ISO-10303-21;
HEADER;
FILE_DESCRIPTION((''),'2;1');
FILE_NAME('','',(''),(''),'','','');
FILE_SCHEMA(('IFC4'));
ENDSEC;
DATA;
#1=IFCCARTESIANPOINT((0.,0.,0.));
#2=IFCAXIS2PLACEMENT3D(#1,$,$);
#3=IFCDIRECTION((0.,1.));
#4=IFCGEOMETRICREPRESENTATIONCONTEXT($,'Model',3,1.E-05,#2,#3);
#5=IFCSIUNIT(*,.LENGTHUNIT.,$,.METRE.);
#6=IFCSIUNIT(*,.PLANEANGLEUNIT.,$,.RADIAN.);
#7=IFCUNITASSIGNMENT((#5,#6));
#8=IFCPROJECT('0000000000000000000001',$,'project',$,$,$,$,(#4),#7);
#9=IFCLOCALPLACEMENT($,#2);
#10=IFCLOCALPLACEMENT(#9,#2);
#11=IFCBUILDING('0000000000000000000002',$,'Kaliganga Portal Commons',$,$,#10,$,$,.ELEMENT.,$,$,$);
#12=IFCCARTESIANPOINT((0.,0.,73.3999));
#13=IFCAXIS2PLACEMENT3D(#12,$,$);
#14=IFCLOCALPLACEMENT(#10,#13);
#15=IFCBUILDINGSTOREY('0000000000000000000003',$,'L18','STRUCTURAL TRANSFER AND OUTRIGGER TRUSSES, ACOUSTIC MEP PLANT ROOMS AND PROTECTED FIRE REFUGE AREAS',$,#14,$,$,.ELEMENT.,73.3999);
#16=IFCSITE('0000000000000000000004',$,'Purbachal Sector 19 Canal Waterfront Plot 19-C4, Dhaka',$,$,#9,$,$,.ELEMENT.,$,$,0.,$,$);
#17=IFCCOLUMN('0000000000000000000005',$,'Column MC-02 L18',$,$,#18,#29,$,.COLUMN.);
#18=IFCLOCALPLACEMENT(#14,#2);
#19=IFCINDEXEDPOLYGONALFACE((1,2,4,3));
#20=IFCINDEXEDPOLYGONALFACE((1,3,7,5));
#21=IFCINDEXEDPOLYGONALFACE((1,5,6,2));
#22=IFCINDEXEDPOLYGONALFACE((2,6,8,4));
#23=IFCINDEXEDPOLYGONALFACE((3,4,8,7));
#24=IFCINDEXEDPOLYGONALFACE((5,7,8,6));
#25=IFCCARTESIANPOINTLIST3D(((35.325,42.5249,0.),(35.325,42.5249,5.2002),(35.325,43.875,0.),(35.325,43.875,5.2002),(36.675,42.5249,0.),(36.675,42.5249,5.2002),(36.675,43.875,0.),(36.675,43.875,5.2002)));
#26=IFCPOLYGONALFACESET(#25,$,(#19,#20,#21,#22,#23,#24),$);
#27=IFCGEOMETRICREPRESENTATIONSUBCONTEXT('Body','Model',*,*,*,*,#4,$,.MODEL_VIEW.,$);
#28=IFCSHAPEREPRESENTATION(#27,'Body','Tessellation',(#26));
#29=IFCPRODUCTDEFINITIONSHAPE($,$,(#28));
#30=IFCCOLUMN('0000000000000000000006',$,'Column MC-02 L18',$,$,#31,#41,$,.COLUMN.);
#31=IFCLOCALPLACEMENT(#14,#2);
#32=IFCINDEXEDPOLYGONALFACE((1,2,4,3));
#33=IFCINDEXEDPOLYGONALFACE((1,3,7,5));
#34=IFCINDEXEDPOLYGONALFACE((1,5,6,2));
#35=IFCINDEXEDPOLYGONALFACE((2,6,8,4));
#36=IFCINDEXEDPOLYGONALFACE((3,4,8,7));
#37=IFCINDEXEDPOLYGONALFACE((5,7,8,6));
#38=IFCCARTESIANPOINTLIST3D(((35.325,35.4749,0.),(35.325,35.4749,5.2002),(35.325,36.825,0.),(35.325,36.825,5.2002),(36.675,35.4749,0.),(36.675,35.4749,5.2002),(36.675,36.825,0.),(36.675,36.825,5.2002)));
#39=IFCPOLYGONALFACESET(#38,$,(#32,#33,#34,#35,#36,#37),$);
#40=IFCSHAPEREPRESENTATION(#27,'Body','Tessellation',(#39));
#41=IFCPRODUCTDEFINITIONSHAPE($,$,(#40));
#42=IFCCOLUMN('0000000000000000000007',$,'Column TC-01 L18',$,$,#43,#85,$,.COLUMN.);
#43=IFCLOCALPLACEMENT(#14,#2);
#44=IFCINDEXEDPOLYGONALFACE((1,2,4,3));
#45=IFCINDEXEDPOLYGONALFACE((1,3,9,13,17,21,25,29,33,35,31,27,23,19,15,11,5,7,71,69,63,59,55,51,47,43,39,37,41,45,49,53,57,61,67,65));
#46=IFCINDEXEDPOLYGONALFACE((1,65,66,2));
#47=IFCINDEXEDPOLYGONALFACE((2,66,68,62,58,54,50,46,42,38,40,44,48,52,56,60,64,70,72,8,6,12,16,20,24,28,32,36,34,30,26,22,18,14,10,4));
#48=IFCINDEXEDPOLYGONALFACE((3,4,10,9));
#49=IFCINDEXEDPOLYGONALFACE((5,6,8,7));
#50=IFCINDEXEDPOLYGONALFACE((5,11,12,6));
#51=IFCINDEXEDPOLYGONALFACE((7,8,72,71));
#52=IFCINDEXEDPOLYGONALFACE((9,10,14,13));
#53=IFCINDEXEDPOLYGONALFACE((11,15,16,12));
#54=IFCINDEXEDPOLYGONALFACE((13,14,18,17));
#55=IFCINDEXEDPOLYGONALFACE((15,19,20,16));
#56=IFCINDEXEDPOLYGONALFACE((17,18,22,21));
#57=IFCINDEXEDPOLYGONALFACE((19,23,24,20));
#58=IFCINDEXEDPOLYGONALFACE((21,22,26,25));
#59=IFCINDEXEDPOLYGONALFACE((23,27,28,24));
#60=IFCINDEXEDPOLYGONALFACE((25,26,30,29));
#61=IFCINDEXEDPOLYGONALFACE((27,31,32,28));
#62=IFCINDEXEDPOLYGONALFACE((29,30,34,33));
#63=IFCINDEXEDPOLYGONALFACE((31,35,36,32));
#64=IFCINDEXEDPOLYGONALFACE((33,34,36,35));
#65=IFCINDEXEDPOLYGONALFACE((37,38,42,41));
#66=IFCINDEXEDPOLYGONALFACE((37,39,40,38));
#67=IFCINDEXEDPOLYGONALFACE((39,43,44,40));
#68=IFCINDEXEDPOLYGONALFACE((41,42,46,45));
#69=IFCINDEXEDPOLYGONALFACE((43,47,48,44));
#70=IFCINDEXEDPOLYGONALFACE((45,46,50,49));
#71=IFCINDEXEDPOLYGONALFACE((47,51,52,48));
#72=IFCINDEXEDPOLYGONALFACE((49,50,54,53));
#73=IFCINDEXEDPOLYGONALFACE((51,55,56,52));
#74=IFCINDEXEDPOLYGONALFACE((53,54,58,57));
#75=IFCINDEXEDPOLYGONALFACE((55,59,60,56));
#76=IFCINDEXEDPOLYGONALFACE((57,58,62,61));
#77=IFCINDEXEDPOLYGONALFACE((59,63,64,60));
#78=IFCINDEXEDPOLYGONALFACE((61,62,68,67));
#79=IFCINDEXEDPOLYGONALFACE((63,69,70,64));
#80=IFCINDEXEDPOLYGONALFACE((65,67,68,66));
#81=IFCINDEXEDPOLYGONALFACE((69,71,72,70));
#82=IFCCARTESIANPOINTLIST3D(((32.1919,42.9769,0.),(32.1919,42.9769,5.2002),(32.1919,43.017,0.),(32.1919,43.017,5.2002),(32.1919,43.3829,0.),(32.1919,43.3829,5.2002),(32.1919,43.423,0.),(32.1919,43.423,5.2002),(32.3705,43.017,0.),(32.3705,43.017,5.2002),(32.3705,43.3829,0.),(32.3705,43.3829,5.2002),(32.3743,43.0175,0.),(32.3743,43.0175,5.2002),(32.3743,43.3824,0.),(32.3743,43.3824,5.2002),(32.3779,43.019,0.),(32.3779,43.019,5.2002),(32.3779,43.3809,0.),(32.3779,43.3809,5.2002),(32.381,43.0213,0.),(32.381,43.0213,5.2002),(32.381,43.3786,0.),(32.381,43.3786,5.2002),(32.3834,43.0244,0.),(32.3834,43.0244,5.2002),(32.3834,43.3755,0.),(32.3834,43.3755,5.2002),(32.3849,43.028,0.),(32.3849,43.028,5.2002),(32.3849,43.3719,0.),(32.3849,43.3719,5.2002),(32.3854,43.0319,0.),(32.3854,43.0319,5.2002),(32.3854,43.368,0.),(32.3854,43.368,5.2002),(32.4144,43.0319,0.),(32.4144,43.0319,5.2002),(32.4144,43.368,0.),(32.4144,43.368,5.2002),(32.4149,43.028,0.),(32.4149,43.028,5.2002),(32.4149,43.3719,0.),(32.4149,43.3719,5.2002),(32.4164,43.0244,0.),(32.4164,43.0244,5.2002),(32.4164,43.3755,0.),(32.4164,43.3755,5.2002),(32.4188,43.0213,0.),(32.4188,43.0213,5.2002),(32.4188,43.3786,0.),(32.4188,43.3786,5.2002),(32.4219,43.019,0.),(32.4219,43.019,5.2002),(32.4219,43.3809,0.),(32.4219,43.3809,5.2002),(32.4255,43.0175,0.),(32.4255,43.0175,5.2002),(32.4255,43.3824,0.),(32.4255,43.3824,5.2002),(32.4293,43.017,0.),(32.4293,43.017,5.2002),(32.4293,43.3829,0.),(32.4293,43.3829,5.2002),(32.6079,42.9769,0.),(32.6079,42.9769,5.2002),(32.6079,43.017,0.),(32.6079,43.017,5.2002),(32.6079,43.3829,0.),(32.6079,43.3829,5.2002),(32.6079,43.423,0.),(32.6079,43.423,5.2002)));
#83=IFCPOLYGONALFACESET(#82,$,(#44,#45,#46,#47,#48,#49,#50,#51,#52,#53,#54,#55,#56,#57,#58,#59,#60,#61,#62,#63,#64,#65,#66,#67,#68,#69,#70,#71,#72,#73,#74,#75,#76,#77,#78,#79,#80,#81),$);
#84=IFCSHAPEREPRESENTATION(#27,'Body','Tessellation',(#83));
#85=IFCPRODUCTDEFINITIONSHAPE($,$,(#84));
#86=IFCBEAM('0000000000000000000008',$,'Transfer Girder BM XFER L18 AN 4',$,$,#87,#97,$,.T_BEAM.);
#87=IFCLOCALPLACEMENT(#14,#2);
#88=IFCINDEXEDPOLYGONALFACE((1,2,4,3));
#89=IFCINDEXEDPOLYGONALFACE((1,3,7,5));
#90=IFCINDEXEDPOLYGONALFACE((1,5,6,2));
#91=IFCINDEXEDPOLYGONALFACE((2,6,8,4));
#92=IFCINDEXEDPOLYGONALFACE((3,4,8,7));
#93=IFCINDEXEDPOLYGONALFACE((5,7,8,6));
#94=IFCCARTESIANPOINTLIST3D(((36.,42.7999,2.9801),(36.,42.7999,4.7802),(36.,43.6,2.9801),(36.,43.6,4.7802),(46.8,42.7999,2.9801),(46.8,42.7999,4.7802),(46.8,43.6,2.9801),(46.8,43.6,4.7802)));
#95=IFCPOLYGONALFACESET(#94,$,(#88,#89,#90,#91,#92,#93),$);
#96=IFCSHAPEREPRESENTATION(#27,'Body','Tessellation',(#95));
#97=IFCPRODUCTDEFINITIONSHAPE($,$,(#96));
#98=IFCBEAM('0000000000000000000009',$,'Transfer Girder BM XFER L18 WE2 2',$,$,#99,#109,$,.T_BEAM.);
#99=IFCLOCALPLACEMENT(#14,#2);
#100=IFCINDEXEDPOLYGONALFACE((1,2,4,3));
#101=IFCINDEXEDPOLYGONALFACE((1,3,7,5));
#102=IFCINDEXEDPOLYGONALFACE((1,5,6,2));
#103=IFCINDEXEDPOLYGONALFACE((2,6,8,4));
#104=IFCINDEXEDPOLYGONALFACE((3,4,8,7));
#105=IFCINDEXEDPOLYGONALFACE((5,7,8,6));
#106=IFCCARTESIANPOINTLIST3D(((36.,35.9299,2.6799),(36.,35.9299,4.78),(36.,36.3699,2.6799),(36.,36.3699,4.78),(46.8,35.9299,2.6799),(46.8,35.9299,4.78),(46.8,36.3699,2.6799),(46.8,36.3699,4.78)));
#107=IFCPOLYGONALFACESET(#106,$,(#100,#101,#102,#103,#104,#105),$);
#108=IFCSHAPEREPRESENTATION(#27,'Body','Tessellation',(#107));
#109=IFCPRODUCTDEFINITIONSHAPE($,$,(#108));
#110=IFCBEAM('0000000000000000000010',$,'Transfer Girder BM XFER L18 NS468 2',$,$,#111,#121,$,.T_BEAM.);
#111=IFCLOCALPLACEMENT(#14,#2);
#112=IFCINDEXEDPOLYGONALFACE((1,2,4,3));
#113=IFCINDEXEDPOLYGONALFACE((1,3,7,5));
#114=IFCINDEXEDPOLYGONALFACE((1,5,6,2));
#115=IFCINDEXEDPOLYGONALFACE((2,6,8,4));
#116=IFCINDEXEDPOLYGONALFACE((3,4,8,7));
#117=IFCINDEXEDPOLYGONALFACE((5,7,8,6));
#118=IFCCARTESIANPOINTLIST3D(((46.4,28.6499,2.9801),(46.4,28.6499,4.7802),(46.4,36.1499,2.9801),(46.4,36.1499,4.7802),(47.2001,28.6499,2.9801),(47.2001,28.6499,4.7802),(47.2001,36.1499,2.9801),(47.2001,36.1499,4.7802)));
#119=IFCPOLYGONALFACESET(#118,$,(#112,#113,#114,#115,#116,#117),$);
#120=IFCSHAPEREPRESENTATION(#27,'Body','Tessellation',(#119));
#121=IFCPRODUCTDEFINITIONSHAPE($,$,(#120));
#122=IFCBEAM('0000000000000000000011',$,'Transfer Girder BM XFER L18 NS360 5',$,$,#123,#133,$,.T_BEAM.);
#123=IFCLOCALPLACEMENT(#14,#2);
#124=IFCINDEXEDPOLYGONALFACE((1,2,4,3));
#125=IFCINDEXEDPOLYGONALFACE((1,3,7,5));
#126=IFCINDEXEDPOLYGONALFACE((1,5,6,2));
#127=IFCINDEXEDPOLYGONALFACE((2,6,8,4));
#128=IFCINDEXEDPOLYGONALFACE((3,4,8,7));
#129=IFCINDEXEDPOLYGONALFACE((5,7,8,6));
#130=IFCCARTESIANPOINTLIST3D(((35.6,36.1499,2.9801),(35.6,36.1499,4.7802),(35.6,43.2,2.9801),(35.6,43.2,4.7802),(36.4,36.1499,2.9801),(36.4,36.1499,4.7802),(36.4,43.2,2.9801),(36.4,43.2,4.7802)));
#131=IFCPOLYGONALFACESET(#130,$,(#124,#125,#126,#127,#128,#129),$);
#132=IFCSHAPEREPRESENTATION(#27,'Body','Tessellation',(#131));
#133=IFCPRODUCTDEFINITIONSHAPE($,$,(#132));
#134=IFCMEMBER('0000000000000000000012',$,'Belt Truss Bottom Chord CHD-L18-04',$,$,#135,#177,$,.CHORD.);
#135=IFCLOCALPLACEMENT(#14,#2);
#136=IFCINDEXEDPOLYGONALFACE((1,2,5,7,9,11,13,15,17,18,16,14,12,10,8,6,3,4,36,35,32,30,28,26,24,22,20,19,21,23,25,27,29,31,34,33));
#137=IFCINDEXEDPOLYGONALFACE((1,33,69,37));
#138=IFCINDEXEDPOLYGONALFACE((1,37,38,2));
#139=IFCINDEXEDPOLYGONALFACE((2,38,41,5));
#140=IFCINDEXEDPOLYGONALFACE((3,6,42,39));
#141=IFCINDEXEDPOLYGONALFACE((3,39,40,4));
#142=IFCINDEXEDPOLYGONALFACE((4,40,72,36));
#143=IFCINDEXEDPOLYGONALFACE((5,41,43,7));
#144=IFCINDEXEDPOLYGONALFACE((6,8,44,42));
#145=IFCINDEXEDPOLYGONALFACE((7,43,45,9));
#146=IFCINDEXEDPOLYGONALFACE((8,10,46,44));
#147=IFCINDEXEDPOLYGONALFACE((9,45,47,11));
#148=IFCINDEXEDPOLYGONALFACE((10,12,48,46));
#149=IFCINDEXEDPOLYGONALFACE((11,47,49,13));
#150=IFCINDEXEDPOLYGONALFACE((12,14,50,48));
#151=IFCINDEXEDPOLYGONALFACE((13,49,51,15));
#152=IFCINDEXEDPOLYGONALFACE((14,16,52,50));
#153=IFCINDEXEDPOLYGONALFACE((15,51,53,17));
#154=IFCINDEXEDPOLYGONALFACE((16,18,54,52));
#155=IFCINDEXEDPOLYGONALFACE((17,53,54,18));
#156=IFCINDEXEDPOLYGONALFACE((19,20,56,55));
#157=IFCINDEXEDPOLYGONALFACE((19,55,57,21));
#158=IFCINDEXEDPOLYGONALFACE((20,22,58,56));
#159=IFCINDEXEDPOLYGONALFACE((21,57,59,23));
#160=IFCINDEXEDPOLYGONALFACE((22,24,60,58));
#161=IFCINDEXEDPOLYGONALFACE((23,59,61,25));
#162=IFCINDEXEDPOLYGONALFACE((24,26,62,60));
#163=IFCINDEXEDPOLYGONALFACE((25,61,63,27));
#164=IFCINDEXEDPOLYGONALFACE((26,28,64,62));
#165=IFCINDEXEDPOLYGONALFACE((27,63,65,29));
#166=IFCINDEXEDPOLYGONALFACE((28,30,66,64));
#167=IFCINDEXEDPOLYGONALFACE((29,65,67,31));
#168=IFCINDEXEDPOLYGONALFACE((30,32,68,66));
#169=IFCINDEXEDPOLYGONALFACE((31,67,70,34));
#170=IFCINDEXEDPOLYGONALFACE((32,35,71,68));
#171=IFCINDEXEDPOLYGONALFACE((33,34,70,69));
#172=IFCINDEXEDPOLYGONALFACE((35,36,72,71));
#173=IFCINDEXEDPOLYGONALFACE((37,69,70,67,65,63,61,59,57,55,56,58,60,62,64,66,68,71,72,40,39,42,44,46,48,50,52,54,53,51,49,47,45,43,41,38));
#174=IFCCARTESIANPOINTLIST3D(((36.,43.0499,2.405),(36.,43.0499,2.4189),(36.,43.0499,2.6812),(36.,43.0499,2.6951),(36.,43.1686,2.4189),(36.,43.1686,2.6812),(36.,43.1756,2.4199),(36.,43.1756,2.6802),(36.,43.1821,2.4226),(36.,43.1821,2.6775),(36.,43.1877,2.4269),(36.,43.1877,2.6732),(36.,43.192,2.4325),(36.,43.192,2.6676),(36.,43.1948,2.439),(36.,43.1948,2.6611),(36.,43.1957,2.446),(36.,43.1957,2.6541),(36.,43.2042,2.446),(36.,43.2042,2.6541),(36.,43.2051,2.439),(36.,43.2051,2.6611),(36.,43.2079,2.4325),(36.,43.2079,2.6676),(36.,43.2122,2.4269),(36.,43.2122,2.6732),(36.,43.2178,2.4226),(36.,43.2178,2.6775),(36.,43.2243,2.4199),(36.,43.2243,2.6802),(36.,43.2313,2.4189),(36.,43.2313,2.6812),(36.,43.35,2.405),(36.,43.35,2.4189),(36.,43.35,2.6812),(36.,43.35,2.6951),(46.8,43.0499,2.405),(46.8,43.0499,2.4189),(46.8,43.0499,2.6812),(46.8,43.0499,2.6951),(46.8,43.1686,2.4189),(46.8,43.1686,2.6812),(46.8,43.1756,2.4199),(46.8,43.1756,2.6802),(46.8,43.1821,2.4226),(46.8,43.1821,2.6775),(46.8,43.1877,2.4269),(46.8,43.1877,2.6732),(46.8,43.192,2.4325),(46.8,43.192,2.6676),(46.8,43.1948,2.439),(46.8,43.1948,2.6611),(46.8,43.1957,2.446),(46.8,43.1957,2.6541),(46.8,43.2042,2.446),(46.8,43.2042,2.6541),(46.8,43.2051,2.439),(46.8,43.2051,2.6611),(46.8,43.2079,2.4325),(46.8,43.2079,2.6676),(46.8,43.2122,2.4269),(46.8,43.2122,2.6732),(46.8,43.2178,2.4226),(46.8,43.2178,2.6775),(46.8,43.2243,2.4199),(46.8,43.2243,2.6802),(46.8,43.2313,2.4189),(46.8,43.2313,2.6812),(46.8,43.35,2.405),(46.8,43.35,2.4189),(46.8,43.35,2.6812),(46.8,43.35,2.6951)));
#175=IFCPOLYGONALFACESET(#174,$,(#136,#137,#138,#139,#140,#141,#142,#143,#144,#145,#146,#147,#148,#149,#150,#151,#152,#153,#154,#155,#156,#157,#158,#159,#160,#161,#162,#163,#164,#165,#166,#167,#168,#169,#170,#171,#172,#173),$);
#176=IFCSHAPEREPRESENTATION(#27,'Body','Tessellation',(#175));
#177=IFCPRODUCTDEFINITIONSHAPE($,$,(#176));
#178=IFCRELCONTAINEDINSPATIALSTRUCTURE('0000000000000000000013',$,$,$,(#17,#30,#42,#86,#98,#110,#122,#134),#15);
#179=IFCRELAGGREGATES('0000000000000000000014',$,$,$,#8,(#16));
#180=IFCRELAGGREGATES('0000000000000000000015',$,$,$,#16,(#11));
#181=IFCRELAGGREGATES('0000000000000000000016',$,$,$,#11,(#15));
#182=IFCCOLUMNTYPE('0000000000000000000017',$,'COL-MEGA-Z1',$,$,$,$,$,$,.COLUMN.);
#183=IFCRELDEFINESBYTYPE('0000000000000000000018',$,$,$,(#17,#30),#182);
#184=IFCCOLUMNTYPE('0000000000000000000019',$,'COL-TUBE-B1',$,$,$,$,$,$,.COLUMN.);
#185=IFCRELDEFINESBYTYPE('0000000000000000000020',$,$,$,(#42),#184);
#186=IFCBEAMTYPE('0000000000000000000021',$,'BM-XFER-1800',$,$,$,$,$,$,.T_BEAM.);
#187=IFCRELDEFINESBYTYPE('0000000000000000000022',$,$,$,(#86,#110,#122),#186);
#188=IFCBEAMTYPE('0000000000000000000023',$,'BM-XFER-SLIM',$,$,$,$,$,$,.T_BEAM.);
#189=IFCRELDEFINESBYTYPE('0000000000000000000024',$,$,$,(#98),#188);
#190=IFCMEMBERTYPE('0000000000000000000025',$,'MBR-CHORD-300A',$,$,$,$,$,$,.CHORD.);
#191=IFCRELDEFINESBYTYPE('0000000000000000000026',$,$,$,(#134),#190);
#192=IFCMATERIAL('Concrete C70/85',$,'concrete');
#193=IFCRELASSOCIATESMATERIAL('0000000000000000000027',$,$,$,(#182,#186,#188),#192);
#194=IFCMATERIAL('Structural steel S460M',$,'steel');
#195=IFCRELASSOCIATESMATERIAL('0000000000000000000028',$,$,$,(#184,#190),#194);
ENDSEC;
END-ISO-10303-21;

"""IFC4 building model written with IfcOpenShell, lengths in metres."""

from ifc_helpers import new_model, si_unit, direction, frame, origin, origin_2d, place, context, subcontext, project, spatial, rectangle, i_section, extrude, source, transform, mapped, material, material_profile, profile_set, type_object, element, save


model = new_model("IFC4")

# Units and contexts
model_context = context("Model", 3, precision=1e-05, world=origin(), true_north=direction((0.0, 1.0)))
body_context = subcontext(model_context, "Body", "Model", "MODEL_VIEW")
ifc_project = project(units=[si_unit("LENGTHUNIT", "METRE"), si_unit("PLANEANGLEUNIT", "RADIAN")], contexts=[model_context])

# Site, building, storey
site_placement = place(None, origin())
site = spatial("IfcSite", under=ifc_project, at=site_placement, Name="Purbachal Sector 19 Canal Waterfront Plot 19-C4, Dhaka", CompositionType="ELEMENT", RefElevation=0.0)
building_placement = place(site_placement, origin())
building = spatial("IfcBuilding", under=site, at=building_placement, Name="Kaliganga Portal Commons", CompositionType="ELEMENT")
storey_placement = place(building_placement, frame((0.0, 0.0, 73.3999)))
storey = spatial("IfcBuildingStorey", under=building, at=storey_placement, Name="L18", Description="STRUCTURAL TRANSFER AND OUTRIGGER TRUSSES, ACOUSTIC MEP PLANT ROOMS AND PROTECTED FIRE REFUGE AREAS", CompositionType="ELEMENT", Elevation=73.3999)

# Columns
ifc_material_1 = material(Name="Concrete C70/85", Category="concrete")
ifc_material_profile_1 = material_profile(ifc_material_1, rectangle(XDim=1.3501, YDim=1.3501, at=origin_2d()), Name="RC 1350x1350")
ifc_profile_set_1 = profile_set([ifc_material_profile_1], Name="Concrete C70/85")
column_type_1 = type_object("IfcColumnType", Name="COL-MEGA-Z1", PredefinedType="COLUMN", material=ifc_profile_set_1)
shared_shape_1 = source(origin(), body_context, "Body", "SweptSolid", [
    extrude(rectangle(XDim=1.3501, YDim=1.3501, at=origin_2d()), origin(), (0.0, 0.0, 1.0), 5.2002),
])
for number, where, z_axis, x_axis, name in (
    (1, (36.0, 43.2, 0.0), (0.0, 0.0, 1.0), (1.0, 0.0, 0.0), "Column MC-02 L18"),
    (2, (36.0, 36.1499, 0.0), (0.0, 0.0, 1.0), (1.0, 0.0, 0.0), "Column MC-02 L18"),
):
    element("IfcColumn", number, at=place(storey_placement, frame(where, z_axis=z_axis, x_axis=x_axis)), inside=storey, type_object=column_type_1, Name=name, PredefinedType="COLUMN", context=body_context, shape_type="MappedRepresentation", body=[
        mapped(shared_shape_1, transform((0.0, 0.0, 0.0), x_axis=(1.0, 0.0, 0.0), y_axis=(0.0, 1.0, 0.0), z_axis=(0.0, 0.0, 1.0), scale=1.0)),
    ])
ifc_material_2 = material(Name="Structural steel S460M", Category="steel")
ifc_material_profile_2 = material_profile(ifc_material_2, i_section(OverallWidth=0.416, OverallDepth=0.446, WebThickness=0.0291, FlangeThickness=0.04, FilletRadius=0.0149, at=origin_2d()), Name="HD 400x509")
ifc_profile_set_2 = profile_set([ifc_material_profile_2], Name="Structural steel S460M wide-flange")
column_type_2 = type_object("IfcColumnType", Name="COL-TUBE-B1", PredefinedType="COLUMN", material=ifc_profile_set_2)
shared_shape_2 = source(origin(), body_context, "Body", "SweptSolid", [
    extrude(i_section(OverallWidth=0.416, OverallDepth=0.446, WebThickness=0.0291, FlangeThickness=0.04, FilletRadius=0.0149, at=origin_2d()), origin(), (0.0, 0.0, 1.0), 5.2002),
])
column_placement = place(storey_placement, frame((32.3999, 43.2, 0.0), z_axis=(0.0, 0.0, 1.0), x_axis=(1.0, 0.0, 0.0)))
element("IfcColumn", 3, at=column_placement, inside=storey, type_object=column_type_2, Name="Column TC-01 L18", PredefinedType="COLUMN", context=body_context, shape_type="MappedRepresentation", body=[
    mapped(shared_shape_2, transform((0.0, 0.0, 0.0), x_axis=(1.0, 0.0, 0.0), y_axis=(0.0, 1.0, 0.0), z_axis=(0.0, 0.0, 1.0), scale=1.0)),
])

# Beams
ifc_material_profile_3 = material_profile(ifc_material_1, rectangle(XDim=0.8, YDim=1.8, at=origin_2d()), Name="RC 800x1800")
ifc_profile_set_3 = profile_set([ifc_material_profile_3], Name="Concrete C70/85")
beam_type_1 = type_object("IfcBeamType", Name="BM-XFER-1800", PredefinedType="T_BEAM", material=ifc_profile_set_3)
shared_shape_3 = source(origin(), body_context, "Body", "SweptSolid", [
    extrude(rectangle(XDim=0.8, YDim=1.8, at=origin_2d()), origin(), (0.0, 0.0, 1.0), 10.8),
])
beam_1_placement = place(storey_placement, frame((36.0, 43.2, 3.8801), z_axis=(1.0, 0.0, 0.0), x_axis=(0.0, 1.0, 0.0)))
element("IfcBeam", 4, at=beam_1_placement, inside=storey, type_object=beam_type_1, Name="Transfer Girder BM XFER L18 AN 4", PredefinedType="T_BEAM", context=body_context, shape_type="MappedRepresentation", body=[
    mapped(shared_shape_3, transform((0.0, 0.0, 0.0), x_axis=(1.0, 0.0, 0.0), y_axis=(0.0, 1.0, 0.0), z_axis=(0.0, 0.0, 1.0), scale=1.0)),
])
ifc_material_profile_4 = material_profile(ifc_material_1, rectangle(XDim=0.4399, YDim=2.1001, at=origin_2d()), Name="RC 440x2100")
ifc_profile_set_4 = profile_set([ifc_material_profile_4], Name="Concrete C70/85")
beam_type_2 = type_object("IfcBeamType", Name="BM-XFER-SLIM", PredefinedType="T_BEAM", material=ifc_profile_set_4)
shared_shape_4 = source(origin(), body_context, "Body", "SweptSolid", [
    extrude(rectangle(XDim=0.4399, YDim=2.1001, at=origin_2d()), origin(), (0.0, 0.0, 1.0), 10.8),
])
beam_2_placement = place(storey_placement, frame((36.0, 36.1499, 3.73), z_axis=(1.0, 0.0, 0.0), x_axis=(0.0, 1.0, 0.0)))
element("IfcBeam", 5, at=beam_2_placement, inside=storey, type_object=beam_type_2, Name="Transfer Girder BM XFER L18 WE2 2", PredefinedType="T_BEAM", context=body_context, shape_type="MappedRepresentation", body=[
    mapped(shared_shape_4, transform((0.0, 0.0, 0.0), x_axis=(1.0, 0.0, 0.0), y_axis=(0.0, 1.0, 0.0), z_axis=(0.0, 0.0, 1.0), scale=1.0)),
])
shared_shape_5 = source(origin(), body_context, "Body", "SweptSolid", [
    extrude(rectangle(XDim=0.8, YDim=1.8, at=origin_2d()), origin(), (0.0, 0.0, 1.0), 7.5),
])
beam_3_placement = place(storey_placement, frame((46.8, 28.6499, 3.8801), z_axis=(0.0, 1.0, 0.0), x_axis=(-1.0, 0.0, 0.0)))
element("IfcBeam", 6, at=beam_3_placement, inside=storey, type_object=beam_type_1, Name="Transfer Girder BM XFER L18 NS468 2", PredefinedType="T_BEAM", context=body_context, shape_type="MappedRepresentation", body=[
    mapped(shared_shape_5, transform((0.0, 0.0, 0.0), x_axis=(1.0, 0.0, 0.0), y_axis=(0.0, 1.0, 0.0), z_axis=(0.0, 0.0, 1.0), scale=1.0)),
])
shared_shape_6 = source(origin(), body_context, "Body", "SweptSolid", [
    extrude(rectangle(XDim=0.8, YDim=1.8, at=origin_2d()), origin(), (0.0, 0.0, 1.0), 7.05),
])
beam_4_placement = place(storey_placement, frame((36.0, 36.1499, 3.8801), z_axis=(0.0, 1.0, 0.0), x_axis=(-1.0, 0.0, 0.0)))
element("IfcBeam", 7, at=beam_4_placement, inside=storey, type_object=beam_type_1, Name="Transfer Girder BM XFER L18 NS360 5", PredefinedType="T_BEAM", context=body_context, shape_type="MappedRepresentation", body=[
    mapped(shared_shape_6, transform((0.0, 0.0, 0.0), x_axis=(1.0, 0.0, 0.0), y_axis=(0.0, 1.0, 0.0), z_axis=(0.0, 0.0, 1.0), scale=1.0)),
])

# Member
ifc_material_profile_5 = material_profile(ifc_material_2, i_section(OverallWidth=0.3, OverallDepth=0.29, WebThickness=0.0085, FlangeThickness=0.0139, FilletRadius=0.0271, at=origin_2d()), Name="HE 300 A")
ifc_profile_set_5 = profile_set([ifc_material_profile_5], Name="Structural steel S460M wide-flange")
member_type_1 = type_object("IfcMemberType", Name="MBR-CHORD-300A", PredefinedType="CHORD", material=ifc_profile_set_5)
shared_shape_7 = source(origin(), body_context, "Body", "SweptSolid", [
    extrude(i_section(OverallWidth=0.3, OverallDepth=0.29, WebThickness=0.0085, FlangeThickness=0.0139, FilletRadius=0.0271, at=origin_2d()), origin(), (0.0, 0.0, 1.0), 10.8),
])
member_1_placement = place(storey_placement, frame((36.0, 43.2, 2.55), z_axis=(1.0, 0.0, 0.0), x_axis=(0.0, 1.0, 0.0)))
element("IfcMember", 8, at=member_1_placement, inside=storey, type_object=member_type_1, Name="Belt Truss Bottom Chord CHD-L18-04", PredefinedType="CHORD", context=body_context, shape_type="MappedRepresentation", body=[
    mapped(shared_shape_7, transform((0.0, 0.0, 0.0), x_axis=(1.0, 0.0, 0.0), y_axis=(0.0, 1.0, 0.0), z_axis=(0.0, 0.0, 1.0), scale=1.0)),
])

save(model, "model.ifc")
